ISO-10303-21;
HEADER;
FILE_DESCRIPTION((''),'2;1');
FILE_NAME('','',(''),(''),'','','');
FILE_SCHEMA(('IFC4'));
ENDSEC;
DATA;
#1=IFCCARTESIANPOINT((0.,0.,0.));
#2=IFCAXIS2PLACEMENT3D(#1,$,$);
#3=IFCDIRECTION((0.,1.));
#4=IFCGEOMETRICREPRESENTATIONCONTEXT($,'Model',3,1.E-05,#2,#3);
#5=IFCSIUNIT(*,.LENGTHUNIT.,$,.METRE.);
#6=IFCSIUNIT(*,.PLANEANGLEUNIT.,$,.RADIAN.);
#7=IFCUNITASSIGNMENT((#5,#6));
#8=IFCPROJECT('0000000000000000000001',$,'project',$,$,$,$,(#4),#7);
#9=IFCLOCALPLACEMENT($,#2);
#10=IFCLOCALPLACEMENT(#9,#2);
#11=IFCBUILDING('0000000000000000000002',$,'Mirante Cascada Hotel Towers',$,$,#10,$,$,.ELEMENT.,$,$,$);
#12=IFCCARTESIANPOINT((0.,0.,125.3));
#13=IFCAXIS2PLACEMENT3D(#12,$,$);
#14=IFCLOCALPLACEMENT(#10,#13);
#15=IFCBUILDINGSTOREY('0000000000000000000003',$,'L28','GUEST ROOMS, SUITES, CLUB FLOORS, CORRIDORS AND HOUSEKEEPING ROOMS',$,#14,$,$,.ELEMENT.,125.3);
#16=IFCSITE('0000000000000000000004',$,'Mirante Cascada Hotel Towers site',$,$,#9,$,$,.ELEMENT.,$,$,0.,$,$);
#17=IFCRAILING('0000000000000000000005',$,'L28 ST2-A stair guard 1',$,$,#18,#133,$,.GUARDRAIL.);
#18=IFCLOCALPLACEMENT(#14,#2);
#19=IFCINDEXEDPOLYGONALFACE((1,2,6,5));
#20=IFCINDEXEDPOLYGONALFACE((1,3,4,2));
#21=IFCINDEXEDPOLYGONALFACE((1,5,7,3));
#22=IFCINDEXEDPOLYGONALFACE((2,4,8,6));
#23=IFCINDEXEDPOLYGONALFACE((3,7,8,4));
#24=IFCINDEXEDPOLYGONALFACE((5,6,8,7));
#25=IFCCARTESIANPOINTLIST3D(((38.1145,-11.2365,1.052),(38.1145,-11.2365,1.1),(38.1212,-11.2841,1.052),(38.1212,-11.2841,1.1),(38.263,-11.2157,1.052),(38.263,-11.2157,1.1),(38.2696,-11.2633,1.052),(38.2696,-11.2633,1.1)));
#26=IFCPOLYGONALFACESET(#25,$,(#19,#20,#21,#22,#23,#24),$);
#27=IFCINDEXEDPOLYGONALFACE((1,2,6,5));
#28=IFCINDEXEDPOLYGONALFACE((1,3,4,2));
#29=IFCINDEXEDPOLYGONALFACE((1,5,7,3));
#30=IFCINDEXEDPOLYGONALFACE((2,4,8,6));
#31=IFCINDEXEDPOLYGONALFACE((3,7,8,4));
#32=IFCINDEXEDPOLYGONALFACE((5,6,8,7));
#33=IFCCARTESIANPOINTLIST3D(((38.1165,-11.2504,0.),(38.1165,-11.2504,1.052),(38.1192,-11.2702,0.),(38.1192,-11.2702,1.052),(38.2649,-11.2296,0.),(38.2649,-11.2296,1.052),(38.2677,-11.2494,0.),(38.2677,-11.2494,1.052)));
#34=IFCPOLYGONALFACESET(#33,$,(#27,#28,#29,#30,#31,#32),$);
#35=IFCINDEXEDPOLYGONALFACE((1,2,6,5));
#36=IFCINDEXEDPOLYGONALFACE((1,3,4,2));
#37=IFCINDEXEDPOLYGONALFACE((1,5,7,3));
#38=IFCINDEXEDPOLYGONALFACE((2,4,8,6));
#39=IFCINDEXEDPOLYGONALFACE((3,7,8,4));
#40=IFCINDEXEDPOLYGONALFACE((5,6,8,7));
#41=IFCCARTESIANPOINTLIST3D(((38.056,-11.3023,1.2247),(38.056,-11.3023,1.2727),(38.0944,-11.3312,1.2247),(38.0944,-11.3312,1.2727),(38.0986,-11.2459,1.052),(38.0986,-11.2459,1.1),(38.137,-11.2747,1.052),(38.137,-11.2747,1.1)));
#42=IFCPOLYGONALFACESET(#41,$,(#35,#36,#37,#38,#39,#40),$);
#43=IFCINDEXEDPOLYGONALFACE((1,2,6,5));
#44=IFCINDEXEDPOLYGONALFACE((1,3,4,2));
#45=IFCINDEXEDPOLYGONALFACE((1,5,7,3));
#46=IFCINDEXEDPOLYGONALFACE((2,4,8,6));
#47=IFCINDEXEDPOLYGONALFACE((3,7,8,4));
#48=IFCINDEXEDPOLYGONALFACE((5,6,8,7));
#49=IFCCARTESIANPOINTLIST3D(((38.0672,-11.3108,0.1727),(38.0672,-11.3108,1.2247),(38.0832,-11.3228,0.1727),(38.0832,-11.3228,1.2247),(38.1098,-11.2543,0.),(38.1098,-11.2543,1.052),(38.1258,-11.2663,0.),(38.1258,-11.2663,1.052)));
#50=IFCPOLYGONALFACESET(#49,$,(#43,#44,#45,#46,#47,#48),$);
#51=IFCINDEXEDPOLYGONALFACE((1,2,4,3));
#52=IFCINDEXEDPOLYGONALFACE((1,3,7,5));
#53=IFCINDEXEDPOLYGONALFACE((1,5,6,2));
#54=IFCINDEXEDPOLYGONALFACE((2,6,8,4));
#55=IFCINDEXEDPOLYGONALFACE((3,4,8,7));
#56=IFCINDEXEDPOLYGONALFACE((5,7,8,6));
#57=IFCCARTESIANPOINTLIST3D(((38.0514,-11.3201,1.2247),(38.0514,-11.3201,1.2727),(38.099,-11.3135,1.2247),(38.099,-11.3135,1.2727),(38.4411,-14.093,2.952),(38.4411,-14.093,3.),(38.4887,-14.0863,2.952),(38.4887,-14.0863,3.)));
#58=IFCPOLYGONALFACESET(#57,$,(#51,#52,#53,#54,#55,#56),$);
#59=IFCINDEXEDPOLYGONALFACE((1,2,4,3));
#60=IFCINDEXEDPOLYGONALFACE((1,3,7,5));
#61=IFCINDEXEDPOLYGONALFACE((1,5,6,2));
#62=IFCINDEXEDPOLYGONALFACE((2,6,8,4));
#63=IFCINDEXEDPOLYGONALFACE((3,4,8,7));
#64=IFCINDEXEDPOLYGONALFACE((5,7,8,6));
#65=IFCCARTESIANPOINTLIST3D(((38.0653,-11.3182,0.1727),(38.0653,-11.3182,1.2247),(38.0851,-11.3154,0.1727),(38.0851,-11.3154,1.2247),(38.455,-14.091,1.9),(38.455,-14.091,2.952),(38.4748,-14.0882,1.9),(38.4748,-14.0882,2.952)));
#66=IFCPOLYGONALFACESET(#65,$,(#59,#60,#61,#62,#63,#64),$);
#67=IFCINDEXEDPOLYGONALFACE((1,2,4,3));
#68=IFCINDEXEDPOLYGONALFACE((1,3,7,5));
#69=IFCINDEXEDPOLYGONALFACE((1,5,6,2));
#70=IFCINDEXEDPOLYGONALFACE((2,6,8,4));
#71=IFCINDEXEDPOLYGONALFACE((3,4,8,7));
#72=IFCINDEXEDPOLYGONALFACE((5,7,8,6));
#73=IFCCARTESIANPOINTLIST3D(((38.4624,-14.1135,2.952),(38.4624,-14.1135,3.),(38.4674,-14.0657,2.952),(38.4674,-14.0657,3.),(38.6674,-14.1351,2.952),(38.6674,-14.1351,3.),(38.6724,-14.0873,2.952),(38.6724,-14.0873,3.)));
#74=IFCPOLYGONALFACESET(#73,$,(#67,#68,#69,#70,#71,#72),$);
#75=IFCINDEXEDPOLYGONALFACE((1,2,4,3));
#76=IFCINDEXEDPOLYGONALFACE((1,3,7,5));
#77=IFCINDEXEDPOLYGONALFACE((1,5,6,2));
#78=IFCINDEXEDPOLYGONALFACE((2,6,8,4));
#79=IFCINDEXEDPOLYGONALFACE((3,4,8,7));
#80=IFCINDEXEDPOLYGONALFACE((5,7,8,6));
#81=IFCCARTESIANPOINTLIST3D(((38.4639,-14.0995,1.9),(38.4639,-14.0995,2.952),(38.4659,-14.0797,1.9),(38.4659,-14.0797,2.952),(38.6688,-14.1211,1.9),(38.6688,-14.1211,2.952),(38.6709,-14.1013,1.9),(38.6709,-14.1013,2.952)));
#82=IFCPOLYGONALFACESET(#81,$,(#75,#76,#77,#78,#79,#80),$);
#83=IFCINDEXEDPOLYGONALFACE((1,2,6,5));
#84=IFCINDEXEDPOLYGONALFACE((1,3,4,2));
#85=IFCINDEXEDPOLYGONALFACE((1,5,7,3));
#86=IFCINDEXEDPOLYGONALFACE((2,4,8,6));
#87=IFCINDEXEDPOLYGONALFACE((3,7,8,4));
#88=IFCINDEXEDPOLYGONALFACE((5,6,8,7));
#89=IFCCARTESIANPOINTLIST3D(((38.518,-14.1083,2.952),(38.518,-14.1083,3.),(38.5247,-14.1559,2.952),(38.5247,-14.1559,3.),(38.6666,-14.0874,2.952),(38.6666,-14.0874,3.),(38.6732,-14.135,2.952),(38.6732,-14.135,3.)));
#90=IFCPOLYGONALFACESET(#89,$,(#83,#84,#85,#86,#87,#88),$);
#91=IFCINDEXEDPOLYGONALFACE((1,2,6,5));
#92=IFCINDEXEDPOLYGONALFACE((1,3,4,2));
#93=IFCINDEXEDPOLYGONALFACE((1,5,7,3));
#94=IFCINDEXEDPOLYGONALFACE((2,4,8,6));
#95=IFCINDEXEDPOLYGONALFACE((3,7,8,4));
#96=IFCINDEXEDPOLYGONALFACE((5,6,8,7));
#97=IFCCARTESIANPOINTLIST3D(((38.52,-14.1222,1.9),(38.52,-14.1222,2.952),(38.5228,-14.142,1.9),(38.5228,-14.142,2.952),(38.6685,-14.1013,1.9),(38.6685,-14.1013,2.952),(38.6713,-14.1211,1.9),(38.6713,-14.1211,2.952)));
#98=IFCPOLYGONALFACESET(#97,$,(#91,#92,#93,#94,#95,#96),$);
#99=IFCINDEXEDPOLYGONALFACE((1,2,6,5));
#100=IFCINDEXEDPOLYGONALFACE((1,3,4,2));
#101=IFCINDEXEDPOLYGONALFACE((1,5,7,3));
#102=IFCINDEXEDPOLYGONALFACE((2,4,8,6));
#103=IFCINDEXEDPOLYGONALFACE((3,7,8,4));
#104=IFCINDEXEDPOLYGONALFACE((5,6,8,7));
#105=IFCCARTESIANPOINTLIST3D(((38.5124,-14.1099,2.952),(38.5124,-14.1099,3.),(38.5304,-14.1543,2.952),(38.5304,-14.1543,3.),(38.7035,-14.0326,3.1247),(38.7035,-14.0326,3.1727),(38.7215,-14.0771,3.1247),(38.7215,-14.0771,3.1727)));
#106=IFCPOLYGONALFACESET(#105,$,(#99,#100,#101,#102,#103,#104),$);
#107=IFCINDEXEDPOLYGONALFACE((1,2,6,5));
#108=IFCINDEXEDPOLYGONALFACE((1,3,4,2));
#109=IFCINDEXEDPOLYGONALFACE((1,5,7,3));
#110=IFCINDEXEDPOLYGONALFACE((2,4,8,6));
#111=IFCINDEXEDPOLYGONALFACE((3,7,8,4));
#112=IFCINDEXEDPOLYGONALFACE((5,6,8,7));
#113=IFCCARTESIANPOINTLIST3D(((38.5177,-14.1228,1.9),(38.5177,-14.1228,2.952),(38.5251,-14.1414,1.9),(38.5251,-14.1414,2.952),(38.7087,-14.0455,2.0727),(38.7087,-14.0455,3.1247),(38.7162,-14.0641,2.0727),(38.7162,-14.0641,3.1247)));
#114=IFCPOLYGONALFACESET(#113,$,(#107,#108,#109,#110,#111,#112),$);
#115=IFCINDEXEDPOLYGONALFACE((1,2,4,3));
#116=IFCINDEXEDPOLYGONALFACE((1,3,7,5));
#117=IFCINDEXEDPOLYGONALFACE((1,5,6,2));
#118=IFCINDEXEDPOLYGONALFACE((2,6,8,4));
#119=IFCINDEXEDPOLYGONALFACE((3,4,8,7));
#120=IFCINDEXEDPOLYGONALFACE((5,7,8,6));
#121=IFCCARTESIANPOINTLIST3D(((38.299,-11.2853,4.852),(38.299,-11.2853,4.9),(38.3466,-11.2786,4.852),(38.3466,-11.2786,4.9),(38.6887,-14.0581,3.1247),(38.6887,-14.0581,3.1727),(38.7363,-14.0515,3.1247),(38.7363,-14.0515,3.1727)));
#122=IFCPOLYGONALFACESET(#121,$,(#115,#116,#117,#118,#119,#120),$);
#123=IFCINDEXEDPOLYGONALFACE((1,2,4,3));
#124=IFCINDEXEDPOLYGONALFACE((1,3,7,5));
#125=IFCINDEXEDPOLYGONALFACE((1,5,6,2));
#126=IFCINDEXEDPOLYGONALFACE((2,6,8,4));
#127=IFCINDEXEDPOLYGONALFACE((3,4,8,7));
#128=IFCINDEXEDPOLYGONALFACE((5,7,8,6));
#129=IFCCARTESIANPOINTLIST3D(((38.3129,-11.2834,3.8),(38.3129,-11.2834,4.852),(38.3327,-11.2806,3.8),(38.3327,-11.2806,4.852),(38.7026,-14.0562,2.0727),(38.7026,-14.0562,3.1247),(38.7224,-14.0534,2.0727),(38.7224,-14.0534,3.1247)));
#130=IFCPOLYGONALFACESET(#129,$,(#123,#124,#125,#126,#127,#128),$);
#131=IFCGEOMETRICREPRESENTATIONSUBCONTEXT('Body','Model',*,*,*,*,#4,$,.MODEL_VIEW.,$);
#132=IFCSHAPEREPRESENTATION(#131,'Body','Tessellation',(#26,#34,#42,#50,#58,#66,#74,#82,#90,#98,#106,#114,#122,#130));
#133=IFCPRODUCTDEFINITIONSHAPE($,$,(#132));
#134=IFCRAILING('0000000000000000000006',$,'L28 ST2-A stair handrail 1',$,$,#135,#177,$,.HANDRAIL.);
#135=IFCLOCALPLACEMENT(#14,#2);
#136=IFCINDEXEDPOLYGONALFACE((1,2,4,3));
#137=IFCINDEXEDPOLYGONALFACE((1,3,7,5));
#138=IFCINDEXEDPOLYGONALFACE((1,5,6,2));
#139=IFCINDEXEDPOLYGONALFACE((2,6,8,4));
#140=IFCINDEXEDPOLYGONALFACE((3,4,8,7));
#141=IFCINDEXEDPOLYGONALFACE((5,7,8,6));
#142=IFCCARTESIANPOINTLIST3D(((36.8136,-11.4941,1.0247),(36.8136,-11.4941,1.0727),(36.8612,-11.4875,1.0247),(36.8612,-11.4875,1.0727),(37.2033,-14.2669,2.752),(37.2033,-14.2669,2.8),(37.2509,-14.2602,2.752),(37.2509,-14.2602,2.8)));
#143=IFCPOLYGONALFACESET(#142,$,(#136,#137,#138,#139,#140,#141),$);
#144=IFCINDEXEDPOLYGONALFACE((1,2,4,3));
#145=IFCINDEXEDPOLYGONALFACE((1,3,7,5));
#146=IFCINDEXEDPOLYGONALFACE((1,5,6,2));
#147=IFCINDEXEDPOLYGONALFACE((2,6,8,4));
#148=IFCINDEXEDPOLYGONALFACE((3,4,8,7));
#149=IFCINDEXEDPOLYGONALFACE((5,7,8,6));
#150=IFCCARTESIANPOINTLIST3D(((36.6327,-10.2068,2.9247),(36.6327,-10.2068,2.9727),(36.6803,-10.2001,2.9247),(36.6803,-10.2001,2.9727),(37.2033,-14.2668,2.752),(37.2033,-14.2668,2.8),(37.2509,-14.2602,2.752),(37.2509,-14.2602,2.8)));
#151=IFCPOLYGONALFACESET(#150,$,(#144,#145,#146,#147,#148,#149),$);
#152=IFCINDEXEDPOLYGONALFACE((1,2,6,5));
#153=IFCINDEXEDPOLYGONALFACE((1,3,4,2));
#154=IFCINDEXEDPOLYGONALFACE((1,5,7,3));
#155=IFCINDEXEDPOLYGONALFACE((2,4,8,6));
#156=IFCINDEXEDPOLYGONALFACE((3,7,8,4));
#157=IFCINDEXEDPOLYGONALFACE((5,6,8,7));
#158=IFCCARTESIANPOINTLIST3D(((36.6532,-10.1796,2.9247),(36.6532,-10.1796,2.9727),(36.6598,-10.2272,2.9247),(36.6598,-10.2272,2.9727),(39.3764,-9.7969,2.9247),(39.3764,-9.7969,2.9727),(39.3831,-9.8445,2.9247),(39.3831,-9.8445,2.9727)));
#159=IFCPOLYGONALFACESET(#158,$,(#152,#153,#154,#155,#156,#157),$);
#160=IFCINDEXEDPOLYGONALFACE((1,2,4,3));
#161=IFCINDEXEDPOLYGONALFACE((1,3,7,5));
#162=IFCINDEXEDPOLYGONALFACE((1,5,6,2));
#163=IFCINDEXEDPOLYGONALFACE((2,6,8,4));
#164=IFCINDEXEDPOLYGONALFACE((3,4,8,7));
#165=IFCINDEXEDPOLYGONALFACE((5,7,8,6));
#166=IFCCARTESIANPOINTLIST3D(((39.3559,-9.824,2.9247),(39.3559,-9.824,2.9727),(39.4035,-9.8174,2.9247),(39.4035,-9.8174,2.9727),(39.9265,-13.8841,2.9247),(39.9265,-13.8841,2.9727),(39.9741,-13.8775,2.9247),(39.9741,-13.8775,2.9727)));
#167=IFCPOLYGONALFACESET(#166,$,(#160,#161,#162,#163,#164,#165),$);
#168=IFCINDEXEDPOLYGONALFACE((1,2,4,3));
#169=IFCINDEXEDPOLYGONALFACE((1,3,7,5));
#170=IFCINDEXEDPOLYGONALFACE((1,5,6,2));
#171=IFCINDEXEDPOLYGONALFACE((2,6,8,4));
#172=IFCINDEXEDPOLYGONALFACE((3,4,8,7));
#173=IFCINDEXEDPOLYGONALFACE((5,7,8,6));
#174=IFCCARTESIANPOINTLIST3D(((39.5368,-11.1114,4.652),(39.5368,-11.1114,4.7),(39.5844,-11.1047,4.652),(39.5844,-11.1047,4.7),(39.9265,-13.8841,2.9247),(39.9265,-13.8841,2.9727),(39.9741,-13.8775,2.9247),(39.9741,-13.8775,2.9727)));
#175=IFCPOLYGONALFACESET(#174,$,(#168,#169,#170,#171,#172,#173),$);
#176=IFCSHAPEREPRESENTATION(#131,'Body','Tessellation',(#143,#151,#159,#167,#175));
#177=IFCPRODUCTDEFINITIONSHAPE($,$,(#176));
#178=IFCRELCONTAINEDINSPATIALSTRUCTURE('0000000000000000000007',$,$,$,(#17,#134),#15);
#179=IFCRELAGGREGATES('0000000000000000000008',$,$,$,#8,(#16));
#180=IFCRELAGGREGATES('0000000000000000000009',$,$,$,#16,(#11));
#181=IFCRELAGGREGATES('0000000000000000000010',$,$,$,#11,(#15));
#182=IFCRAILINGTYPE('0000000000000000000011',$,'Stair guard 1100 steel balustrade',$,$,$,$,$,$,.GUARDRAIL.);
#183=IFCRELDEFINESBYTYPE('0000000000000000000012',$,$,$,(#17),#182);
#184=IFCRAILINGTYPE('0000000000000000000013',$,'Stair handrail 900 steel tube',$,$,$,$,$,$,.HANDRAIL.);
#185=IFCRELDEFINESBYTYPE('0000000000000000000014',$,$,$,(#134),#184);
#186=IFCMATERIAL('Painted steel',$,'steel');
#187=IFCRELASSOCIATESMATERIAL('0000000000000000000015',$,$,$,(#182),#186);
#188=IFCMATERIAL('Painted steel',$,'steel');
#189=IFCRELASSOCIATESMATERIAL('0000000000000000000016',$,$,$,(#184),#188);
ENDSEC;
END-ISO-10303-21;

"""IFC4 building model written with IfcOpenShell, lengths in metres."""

from ifc_helpers import new_model, si_unit, direction, frame, origin, origin_2d, place, context, subcontext, project, spatial, rectangle, extrude, material, type_object, element, save


model = new_model("IFC4")

# Units and contexts
model_context = context("Model", 3, precision=1e-05, world=origin(), true_north=direction((0.0, 1.0)))
body_context = subcontext(model_context, "Body", "Model", "MODEL_VIEW")
ifc_project = project(units=[si_unit("LENGTHUNIT", "METRE"), si_unit("PLANEANGLEUNIT", "RADIAN")], contexts=[model_context])

# Site, building, storey
site_placement = place(None, origin())
site = spatial("IfcSite", under=ifc_project, at=site_placement, Name="Mirante Cascada Hotel Towers site", CompositionType="ELEMENT", RefElevation=0.0)
building_placement = place(site_placement, origin())
building = spatial("IfcBuilding", under=site, at=building_placement, Name="Mirante Cascada Hotel Towers", CompositionType="ELEMENT")
storey_placement = place(building_placement, frame((0.0, 0.0, 125.3)))
storey = spatial("IfcBuildingStorey", under=building, at=storey_placement, Name="L28", Description="GUEST ROOMS, SUITES, CLUB FLOORS, CORRIDORS AND HOUSEKEEPING ROOMS", CompositionType="ELEMENT", Elevation=125.3)

# Railings
ifc_material_1 = material(Name="Painted steel", Category="steel")
railing_type_1 = type_object("IfcRailingType", Name="Stair guard 1100 steel balustrade", PredefinedType="GUARDRAIL", material=ifc_material_1)
railing_1_placement = place(storey_placement, frame((38.2663, -11.2395, 0.0)))
element("IfcRailing", 1, at=railing_1_placement, inside=storey, type_object=railing_type_1, Name="L28 ST2-A stair guard 1", PredefinedType="GUARDRAIL", context=body_context, shape_type="SweptSolid", body=[
    extrude(rectangle(XDim=0.048, YDim=0.048, at=origin_2d()), frame((0.0, 0.0, 1.076), z_axis=(-0.990333, -0.138713, 0.0), x_axis=(0.138713, -0.990333, 0.0)), (0.0, 0.0, 1.0), 0.1499),
    extrude(rectangle(XDim=0.02, YDim=1.052, at=origin_2d()), frame((0.0, 0.0, 0.526), z_axis=(-0.990333, -0.138713, 0.0), x_axis=(0.138713, -0.990333, 0.0)), (0.0, 0.0, 1.0), 0.1499),
    extrude(rectangle(XDim=0.048, YDim=0.048, at=origin_2d()), frame((-0.1485, -0.0208, 1.076), z_axis=(-0.602033, -0.798471, 0.0), x_axis=(0.798471, -0.602033, 0.0)), (0.0, 0.92534, 0.379139), 0.1866),
    extrude(rectangle(XDim=0.02, YDim=1.052, at=origin_2d()), frame((-0.1485, -0.0208, 0.526), z_axis=(-0.602033, -0.798471, 0.0), x_axis=(0.798471, -0.602033, 0.0)), (0.0, 0.92534, 0.379139), 0.1866),
    extrude(rectangle(XDim=0.048, YDim=0.048, at=origin_2d()), frame((-0.1911, -0.0773, 1.2487), z_axis=(0.139176, -0.990268, 0.0), x_axis=(0.990268, 0.139176, 0.0)), (0.0, 0.525021, 0.851089), 3.29),
    extrude(rectangle(XDim=0.02, YDim=1.052, at=origin_2d()), frame((-0.1911, -0.0773, 0.6987), z_axis=(0.139176, -0.990268, 0.0), x_axis=(0.990268, 0.139176, 0.0)), (0.0, 0.525021, 0.851089), 3.29),
    extrude(rectangle(XDim=0.048, YDim=0.048, at=origin_2d()), frame((0.1986, -2.8501, 2.976), z_axis=(0.994495, -0.104786, 0.0), x_axis=(0.104786, 0.994495, 0.0)), (0.0, 0.0, 1.0), 0.2061),
    extrude(rectangle(XDim=0.02, YDim=1.052, at=origin_2d()), frame((0.1986, -2.8501, 2.426), z_axis=(0.994495, -0.104786, 0.0), x_axis=(0.104786, 0.994495, 0.0)), (0.0, 0.0, 1.0), 0.2061),
    extrude(rectangle(XDim=0.048, YDim=0.048, at=origin_2d()), frame((0.4036, -2.8717, 2.976), z_axis=(-0.990241, -0.139367, 0.0), x_axis=(0.139367, -0.990241, 0.0)), (0.0, 0.0, 1.0), 0.15),
    extrude(rectangle(XDim=0.02, YDim=1.052, at=origin_2d()), frame((0.4036, -2.8717, 2.426), z_axis=(-0.990241, -0.139367, 0.0), x_axis=(0.139367, -0.990241, 0.0)), (0.0, 0.0, 1.0), 0.15),
    extrude(rectangle(XDim=0.048, YDim=0.048, at=origin_2d()), frame((0.2551, -2.8926, 2.976), z_axis=(0.927031, 0.374984, 0.0), x_axis=(-0.374984, 0.927031, 0.0)), (0.0, 0.64219, 0.766545), 0.2689),
    extrude(rectangle(XDim=0.02, YDim=1.052, at=origin_2d()), frame((0.2551, -2.8926, 2.426), z_axis=(0.927031, 0.374984, 0.0), x_axis=(-0.374984, 0.927031, 0.0)), (0.0, 0.64219, 0.766545), 0.2689),
    extrude(rectangle(XDim=0.048, YDim=0.048, at=origin_2d()), frame((0.4462, -2.8153, 3.1487), z_axis=(-0.139176, 0.990268, 0.0), x_axis=(-0.990268, -0.139176, 0.0)), (0.0, 0.525021, 0.851089), 3.29),
    extrude(rectangle(XDim=0.02, YDim=1.052, at=origin_2d()), frame((0.4462, -2.8153, 2.5987), z_axis=(-0.139176, 0.990268, 0.0), x_axis=(-0.990268, -0.139176, 0.0)), (0.0, 0.525021, 0.851089), 3.29),
])
ifc_material_2 = material(Name="Painted steel", Category="steel")
railing_type_2 = type_object("IfcRailingType", Name="Stair handrail 900 steel tube", PredefinedType="HANDRAIL", material=ifc_material_2)
railing_2_placement = place(storey_placement, frame((36.8374, -11.4908, 0.1727)))
element("IfcRailing", 2, at=railing_2_placement, inside=storey, type_object=railing_type_2, Name="L28 ST2-A stair handrail 1", PredefinedType="HANDRAIL", context=body_context, shape_type="SweptSolid", body=[
    extrude(rectangle(XDim=0.048, YDim=0.048, at=origin_2d()), frame((0.0, 0.0, 0.876), z_axis=(0.139181, -0.990267, 0.0), x_axis=(0.990267, 0.139181, 0.0)), (0.0, 0.525035, 0.851081), 3.2899),
    extrude(rectangle(XDim=0.048, YDim=0.048, at=origin_2d()), frame((0.3897, -2.7727, 2.6033), z_axis=(-0.139171, 0.990268, 0.0), x_axis=(-0.990268, -0.139171, 0.0)), (0.0, 0.042085, 0.999114), 4.1036),
    extrude(rectangle(XDim=0.048, YDim=0.048, at=origin_2d()), frame((-0.1809, 1.2874, 2.776), z_axis=(0.990269, 0.139166, 0.0), x_axis=(-0.139166, 0.990269, 0.0)), (0.0, 0.0, 1.0), 2.75),
    extrude(rectangle(XDim=0.048, YDim=0.048, at=origin_2d()), frame((2.5423, 1.6701, 2.776), z_axis=(0.139171, -0.990268, 0.0), x_axis=(0.990268, 0.139171, 0.0)), (0.0, 0.0, 1.0), 4.1),
    extrude(rectangle(XDim=0.048, YDim=0.048, at=origin_2d()), frame((3.1129, -2.39, 2.776), z_axis=(-0.139181, 0.990267, 0.0), x_axis=(-0.990267, -0.139181, 0.0)), (0.0, 0.525035, 0.851081), 3.2899),
])

save(model, "model.ifc")
